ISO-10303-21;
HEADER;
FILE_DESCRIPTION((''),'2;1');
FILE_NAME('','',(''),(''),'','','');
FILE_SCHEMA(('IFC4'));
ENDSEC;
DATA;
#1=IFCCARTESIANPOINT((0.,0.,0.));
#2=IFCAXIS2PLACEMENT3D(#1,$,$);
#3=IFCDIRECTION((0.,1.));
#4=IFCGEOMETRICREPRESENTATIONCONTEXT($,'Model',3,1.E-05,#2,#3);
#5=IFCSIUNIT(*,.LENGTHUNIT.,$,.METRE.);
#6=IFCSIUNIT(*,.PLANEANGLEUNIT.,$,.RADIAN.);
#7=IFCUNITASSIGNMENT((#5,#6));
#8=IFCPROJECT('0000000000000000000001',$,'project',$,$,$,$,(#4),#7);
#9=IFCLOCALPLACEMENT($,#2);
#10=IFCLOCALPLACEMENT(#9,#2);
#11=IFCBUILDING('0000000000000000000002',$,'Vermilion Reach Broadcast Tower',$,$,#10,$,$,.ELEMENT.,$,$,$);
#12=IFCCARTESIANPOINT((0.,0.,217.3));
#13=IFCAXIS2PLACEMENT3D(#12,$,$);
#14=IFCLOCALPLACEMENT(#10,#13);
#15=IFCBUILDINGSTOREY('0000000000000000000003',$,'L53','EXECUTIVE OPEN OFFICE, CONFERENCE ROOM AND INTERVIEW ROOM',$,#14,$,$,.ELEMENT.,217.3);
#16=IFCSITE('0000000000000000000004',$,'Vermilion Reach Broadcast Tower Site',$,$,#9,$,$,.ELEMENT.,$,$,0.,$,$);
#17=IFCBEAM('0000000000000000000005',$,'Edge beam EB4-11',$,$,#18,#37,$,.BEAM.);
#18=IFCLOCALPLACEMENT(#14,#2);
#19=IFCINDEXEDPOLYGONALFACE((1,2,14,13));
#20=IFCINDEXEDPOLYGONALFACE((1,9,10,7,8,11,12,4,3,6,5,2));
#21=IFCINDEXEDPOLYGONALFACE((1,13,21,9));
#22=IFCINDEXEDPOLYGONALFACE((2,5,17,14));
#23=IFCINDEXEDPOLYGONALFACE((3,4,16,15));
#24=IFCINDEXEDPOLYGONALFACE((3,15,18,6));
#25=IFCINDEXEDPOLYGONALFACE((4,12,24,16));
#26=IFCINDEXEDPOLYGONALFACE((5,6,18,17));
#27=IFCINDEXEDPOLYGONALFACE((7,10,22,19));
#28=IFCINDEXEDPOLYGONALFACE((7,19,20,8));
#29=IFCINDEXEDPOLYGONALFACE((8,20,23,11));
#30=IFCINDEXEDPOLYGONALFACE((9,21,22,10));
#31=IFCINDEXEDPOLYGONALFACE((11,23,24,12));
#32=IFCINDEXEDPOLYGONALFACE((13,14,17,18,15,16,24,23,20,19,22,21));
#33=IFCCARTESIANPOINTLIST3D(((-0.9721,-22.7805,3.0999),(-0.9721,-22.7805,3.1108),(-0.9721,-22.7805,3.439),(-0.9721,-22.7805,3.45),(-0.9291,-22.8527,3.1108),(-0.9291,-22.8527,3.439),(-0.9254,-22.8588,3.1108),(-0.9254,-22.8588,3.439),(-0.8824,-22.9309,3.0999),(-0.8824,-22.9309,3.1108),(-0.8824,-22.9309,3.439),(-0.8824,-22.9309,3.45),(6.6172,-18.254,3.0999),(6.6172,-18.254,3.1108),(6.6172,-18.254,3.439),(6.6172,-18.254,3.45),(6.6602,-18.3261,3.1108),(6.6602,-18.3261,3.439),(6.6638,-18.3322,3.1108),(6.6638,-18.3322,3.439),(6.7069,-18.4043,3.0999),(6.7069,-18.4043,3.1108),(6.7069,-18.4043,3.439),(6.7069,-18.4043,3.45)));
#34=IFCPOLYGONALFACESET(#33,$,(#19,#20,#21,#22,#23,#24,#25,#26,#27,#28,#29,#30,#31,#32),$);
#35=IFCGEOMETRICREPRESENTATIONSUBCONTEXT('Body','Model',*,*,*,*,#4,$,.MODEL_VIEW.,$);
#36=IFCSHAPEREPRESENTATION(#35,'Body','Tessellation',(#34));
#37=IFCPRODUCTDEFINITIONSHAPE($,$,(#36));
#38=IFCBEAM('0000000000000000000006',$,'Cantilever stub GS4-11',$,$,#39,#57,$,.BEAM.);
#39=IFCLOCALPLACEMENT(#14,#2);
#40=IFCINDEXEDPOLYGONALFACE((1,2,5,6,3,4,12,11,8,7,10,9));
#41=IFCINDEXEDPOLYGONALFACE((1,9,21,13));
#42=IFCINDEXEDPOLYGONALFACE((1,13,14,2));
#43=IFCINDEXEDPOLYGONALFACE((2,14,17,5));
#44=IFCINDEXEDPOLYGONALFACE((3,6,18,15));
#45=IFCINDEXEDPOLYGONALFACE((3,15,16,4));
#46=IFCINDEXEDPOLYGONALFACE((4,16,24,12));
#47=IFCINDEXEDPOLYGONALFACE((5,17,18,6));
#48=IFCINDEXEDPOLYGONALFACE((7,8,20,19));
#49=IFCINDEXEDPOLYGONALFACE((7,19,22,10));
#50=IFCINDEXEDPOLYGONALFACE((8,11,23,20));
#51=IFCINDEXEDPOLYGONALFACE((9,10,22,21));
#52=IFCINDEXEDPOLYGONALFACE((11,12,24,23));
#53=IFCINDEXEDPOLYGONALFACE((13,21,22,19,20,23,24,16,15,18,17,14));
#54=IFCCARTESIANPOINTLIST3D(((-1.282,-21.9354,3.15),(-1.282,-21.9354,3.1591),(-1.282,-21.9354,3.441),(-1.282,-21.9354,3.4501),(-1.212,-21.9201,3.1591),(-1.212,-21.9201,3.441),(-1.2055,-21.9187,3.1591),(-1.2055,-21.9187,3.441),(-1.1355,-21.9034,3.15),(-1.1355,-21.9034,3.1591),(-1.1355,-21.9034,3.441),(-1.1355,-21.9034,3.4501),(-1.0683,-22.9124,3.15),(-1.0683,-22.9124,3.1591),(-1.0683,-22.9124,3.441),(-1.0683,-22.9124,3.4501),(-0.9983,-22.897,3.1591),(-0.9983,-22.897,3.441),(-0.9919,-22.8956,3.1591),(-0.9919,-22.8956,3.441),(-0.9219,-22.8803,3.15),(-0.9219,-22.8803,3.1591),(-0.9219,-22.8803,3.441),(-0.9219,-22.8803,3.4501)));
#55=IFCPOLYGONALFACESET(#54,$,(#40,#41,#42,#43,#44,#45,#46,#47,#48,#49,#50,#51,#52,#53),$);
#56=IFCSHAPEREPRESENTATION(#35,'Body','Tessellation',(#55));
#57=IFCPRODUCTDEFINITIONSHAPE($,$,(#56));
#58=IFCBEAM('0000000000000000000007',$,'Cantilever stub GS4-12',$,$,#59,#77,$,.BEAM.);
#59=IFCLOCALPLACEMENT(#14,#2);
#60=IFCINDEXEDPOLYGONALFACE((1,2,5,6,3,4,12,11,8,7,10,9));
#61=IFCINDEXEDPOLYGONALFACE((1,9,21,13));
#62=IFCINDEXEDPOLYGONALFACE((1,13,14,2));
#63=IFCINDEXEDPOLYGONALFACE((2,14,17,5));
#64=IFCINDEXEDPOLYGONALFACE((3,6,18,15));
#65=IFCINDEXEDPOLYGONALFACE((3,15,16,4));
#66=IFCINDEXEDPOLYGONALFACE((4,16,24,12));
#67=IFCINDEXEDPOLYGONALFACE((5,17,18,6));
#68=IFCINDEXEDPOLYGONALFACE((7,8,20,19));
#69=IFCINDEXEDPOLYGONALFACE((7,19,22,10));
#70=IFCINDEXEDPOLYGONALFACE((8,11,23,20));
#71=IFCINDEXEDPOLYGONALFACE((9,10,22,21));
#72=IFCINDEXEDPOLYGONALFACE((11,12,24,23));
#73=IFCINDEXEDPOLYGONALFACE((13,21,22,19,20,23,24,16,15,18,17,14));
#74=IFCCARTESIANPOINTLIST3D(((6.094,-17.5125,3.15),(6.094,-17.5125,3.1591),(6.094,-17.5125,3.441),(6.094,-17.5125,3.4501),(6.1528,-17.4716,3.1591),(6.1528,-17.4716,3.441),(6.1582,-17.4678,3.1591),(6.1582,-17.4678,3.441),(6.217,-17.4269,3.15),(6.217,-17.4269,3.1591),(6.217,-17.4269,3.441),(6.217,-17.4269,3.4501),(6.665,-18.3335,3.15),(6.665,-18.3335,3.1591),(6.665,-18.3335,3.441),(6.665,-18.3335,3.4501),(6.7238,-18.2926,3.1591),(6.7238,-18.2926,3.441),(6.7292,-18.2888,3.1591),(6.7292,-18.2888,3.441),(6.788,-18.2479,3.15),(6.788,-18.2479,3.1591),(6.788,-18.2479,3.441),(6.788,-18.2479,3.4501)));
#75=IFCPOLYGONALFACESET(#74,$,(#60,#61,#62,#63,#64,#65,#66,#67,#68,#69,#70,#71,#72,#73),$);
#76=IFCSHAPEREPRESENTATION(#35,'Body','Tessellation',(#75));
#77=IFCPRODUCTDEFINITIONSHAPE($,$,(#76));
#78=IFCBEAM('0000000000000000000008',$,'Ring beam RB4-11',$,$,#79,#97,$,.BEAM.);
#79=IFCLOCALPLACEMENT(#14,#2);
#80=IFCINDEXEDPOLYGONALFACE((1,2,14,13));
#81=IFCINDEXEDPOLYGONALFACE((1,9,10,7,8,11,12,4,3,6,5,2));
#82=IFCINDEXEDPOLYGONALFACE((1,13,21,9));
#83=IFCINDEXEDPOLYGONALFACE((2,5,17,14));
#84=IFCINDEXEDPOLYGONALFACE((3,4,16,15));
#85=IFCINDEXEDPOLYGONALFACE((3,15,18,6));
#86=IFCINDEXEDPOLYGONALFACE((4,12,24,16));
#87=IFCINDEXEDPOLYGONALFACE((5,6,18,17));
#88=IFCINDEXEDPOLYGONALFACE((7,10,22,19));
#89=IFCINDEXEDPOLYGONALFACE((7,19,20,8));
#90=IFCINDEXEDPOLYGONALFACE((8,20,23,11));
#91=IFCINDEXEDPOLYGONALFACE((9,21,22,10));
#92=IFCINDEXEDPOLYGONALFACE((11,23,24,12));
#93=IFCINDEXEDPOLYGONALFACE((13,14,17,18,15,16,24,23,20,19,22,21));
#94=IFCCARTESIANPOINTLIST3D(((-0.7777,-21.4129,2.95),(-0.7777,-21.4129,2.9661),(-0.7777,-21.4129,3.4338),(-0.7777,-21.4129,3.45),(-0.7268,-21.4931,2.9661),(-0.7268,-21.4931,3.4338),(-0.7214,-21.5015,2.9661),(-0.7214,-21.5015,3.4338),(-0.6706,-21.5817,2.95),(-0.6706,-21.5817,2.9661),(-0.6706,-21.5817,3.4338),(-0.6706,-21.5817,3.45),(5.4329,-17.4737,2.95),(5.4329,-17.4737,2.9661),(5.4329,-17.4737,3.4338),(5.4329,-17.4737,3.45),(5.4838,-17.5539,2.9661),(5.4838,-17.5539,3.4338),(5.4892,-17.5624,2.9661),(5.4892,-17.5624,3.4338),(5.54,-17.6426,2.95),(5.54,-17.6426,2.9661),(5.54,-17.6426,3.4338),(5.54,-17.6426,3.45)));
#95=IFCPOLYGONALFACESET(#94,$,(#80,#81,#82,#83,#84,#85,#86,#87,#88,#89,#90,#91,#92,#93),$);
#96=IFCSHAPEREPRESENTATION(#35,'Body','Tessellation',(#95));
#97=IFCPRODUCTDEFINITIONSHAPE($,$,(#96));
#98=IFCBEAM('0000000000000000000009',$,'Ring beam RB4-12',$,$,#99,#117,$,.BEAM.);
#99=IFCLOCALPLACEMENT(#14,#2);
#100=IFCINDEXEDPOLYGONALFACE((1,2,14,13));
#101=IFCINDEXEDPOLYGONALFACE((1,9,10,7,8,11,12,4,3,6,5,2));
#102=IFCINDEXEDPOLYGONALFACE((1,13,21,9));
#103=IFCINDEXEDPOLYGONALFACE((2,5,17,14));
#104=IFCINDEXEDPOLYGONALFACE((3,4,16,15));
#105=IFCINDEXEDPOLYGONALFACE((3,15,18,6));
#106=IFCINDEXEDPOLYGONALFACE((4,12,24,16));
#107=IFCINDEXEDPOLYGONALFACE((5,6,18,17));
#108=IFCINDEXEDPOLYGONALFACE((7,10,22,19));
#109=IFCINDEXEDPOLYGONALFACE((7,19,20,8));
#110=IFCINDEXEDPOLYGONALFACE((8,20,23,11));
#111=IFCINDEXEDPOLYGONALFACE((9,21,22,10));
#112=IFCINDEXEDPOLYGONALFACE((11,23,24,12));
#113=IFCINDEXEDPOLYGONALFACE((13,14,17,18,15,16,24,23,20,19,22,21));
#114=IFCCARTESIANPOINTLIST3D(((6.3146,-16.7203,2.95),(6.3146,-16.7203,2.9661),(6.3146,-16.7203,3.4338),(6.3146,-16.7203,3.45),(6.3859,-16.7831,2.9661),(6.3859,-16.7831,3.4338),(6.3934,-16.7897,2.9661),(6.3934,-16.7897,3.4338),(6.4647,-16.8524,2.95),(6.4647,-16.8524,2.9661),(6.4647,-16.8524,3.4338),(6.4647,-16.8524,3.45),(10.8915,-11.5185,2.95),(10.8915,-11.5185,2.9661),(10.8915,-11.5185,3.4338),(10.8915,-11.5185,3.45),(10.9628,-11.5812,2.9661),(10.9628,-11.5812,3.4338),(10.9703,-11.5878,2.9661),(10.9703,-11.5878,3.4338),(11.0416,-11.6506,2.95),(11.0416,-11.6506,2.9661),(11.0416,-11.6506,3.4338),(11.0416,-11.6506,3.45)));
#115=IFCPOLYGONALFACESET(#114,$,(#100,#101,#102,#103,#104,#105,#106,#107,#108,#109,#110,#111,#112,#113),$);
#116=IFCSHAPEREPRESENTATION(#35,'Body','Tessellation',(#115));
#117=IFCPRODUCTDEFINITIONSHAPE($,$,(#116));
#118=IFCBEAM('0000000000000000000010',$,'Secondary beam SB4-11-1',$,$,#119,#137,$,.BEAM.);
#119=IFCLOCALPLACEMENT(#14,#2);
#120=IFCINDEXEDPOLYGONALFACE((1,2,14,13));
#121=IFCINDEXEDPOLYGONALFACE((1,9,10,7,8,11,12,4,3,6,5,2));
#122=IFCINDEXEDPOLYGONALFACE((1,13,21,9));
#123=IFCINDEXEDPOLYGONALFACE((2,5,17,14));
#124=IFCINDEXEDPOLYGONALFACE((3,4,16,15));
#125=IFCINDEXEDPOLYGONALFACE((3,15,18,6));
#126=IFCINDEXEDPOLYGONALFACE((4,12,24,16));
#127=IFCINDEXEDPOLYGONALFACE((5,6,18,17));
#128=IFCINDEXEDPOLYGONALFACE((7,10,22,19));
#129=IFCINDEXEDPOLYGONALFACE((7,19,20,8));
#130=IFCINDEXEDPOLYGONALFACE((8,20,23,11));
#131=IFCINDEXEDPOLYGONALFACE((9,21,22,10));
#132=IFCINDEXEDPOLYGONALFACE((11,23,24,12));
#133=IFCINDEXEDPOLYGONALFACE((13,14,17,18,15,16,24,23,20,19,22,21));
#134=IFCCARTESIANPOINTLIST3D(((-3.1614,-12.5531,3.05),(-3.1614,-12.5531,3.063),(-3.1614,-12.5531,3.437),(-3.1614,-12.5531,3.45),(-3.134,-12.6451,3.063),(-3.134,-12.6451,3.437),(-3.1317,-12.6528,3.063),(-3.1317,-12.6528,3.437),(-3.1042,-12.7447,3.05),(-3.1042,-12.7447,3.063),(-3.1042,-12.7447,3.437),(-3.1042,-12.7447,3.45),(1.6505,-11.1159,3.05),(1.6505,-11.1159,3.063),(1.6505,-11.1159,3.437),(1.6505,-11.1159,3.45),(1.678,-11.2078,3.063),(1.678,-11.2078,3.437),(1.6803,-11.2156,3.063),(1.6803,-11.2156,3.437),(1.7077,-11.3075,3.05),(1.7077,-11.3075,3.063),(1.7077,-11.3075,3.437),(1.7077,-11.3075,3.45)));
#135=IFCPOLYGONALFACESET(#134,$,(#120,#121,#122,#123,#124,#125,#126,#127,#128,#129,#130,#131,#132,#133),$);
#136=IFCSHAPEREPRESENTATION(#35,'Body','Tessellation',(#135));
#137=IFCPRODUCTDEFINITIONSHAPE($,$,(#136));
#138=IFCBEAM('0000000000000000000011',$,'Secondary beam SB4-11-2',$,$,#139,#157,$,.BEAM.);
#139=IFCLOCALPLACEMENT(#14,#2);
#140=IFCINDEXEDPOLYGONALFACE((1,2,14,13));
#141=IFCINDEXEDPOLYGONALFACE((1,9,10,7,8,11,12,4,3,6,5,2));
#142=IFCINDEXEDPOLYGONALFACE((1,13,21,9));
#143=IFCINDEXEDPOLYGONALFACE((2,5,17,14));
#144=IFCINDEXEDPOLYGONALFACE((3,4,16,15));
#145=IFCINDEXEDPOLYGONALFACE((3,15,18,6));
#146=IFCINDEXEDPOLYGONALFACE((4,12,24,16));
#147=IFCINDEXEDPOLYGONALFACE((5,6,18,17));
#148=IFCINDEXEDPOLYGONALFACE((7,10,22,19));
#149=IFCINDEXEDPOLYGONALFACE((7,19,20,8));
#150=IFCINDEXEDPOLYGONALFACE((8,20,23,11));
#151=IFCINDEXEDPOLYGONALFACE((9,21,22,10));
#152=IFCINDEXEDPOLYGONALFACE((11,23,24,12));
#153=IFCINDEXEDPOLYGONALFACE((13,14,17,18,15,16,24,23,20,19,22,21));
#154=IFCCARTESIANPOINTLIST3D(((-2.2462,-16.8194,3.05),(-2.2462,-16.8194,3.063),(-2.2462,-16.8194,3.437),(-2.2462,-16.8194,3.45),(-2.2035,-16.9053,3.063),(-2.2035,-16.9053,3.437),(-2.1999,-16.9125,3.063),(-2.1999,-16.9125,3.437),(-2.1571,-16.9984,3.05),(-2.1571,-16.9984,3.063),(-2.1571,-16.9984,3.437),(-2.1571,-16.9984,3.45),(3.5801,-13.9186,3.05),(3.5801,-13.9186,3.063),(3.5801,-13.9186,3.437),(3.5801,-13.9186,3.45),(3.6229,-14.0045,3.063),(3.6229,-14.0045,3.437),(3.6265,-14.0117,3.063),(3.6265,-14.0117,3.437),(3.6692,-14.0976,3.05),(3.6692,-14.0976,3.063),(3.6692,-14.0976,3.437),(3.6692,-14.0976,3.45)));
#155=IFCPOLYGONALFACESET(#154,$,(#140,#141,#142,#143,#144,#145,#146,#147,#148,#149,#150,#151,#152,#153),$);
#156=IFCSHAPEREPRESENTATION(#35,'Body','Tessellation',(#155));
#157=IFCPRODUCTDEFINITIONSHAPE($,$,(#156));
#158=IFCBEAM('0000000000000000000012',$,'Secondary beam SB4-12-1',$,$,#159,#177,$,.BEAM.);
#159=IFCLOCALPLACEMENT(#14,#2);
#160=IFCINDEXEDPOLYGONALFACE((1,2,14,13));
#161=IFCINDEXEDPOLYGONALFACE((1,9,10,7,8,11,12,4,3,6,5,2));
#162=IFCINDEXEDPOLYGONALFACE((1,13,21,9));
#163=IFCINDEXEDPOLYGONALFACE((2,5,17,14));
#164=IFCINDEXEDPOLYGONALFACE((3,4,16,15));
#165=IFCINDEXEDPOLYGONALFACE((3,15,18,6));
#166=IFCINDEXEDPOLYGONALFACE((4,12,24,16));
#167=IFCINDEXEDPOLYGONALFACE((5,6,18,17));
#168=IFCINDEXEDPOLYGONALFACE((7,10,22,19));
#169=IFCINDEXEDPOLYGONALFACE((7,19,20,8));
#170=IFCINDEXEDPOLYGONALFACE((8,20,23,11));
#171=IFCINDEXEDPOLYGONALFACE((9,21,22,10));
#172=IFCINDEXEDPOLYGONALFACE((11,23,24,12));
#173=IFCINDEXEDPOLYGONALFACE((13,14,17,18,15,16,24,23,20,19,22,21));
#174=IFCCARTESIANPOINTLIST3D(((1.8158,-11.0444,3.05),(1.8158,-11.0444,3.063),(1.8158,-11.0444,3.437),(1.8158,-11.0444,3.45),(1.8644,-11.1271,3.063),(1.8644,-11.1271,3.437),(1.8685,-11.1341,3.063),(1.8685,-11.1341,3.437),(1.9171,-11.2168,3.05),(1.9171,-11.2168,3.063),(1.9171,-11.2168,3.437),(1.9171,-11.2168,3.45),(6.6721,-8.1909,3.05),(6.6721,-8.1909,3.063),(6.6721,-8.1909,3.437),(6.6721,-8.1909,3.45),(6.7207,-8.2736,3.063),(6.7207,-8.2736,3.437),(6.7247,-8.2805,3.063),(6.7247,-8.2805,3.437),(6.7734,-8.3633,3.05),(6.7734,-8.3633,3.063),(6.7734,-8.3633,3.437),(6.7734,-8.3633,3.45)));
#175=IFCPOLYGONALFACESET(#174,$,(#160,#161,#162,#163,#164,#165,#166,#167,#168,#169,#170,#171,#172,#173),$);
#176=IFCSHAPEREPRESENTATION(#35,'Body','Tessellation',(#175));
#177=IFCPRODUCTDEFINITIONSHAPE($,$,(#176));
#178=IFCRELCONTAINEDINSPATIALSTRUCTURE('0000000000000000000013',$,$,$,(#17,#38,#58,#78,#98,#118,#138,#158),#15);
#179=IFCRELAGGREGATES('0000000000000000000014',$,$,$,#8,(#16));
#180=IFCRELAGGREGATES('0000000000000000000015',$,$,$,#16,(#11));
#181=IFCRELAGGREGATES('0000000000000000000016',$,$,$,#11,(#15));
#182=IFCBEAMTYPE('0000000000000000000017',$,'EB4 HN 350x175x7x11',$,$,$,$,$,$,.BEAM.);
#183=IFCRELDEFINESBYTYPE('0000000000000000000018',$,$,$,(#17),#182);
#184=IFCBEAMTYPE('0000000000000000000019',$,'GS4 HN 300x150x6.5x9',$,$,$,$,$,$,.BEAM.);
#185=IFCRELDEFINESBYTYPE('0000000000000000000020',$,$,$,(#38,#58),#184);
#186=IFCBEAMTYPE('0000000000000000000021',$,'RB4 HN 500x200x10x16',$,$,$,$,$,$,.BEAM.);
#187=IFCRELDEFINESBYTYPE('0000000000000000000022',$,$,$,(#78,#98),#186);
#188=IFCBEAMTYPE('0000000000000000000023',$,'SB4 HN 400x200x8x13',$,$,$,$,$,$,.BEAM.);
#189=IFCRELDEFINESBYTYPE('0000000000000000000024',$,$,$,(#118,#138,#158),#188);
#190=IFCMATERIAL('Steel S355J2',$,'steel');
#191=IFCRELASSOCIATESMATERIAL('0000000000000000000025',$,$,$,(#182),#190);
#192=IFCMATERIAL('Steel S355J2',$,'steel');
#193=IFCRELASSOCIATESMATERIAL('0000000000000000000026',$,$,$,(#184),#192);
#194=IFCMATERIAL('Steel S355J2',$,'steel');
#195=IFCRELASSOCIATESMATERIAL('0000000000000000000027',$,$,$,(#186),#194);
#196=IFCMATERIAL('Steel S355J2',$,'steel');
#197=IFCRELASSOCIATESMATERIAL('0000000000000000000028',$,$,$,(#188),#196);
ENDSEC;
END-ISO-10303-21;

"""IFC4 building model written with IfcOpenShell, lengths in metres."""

from ifc_helpers import new_model, si_unit, direction, frame, origin, origin_2d, place, context, subcontext, project, spatial, i_section, extrude, material, material_profile, profile_set, type_object, element, save


model = new_model("IFC4")

# Units and contexts
model_context = context("Model", 3, precision=1e-05, world=origin(), true_north=direction((0.0, 1.0)))
body_context = subcontext(model_context, "Body", "Model", "MODEL_VIEW")
ifc_project = project(units=[si_unit("LENGTHUNIT", "METRE"), si_unit("PLANEANGLEUNIT", "RADIAN")], contexts=[model_context])

# Site, building, storey
site_placement = place(None, origin())
site = spatial("IfcSite", under=ifc_project, at=site_placement, Name="Vermilion Reach Broadcast Tower Site", CompositionType="ELEMENT", RefElevation=0.0)
building_placement = place(site_placement, origin())
building = spatial("IfcBuilding", under=site, at=building_placement, Name="Vermilion Reach Broadcast Tower", CompositionType="ELEMENT")
storey_placement = place(building_placement, frame((0.0, 0.0, 217.3)))
storey = spatial("IfcBuildingStorey", under=building, at=storey_placement, Name="L53", Description="EXECUTIVE OPEN OFFICE, CONFERENCE ROOM AND INTERVIEW ROOM", CompositionType="ELEMENT", Elevation=217.3)

# Beams
ifc_material_1 = material(Name="Steel S355J2", Category="steel")
ifc_material_profile_1 = material_profile(ifc_material_1, i_section(OverallWidth=0.175, OverallDepth=0.3501, WebThickness=0.0071, FlangeThickness=0.011, at=origin_2d()), Name="S355J2 HN 350x175x7x11")
ifc_profile_set_1 = profile_set([ifc_material_profile_1], Name="Steel S355J2")
beam_type_1 = type_object("IfcBeamType", Name="EB4 HN 350x175x7x11", PredefinedType="BEAM", material=ifc_profile_set_1)
beam_1_placement = place(storey_placement, frame((-0.9272, -22.8557, 3.2749), z_axis=(0.858838, 0.512247, 0.0), x_axis=(-0.512247, 0.858838, 0.0)))
element("IfcBeam", 1, at=beam_1_placement, inside=storey, type_object=beam_type_1, Name="Edge beam EB4-11", PredefinedType="BEAM", context=body_context, shape_type="SweptSolid", body=[
    extrude(i_section(OverallWidth=0.175, OverallDepth=0.3501, WebThickness=0.0071, FlangeThickness=0.011, at=origin_2d()), origin(), (0.0, 0.0, 1.0), 8.8367),
])
ifc_material_2 = material(Name="Steel S355J2", Category="steel")
ifc_material_profile_2 = material_profile(ifc_material_2, i_section(OverallWidth=0.1499, OverallDepth=0.3, WebThickness=0.0066, FlangeThickness=0.009, at=origin_2d()), Name="S355J2 HN 300x150x6.5x9")
ifc_profile_set_2 = profile_set([ifc_material_profile_2], Name="Steel S355J2")
beam_type_2 = type_object("IfcBeamType", Name="GS4 HN 300x150x6.5x9", PredefinedType="BEAM", material=ifc_profile_set_2)
for number, where, z_axis, x_axis, name in (
    (2, (-1.2087, -21.9194, 3.3), (0.213646, -0.976911, 0.0), (0.976911, 0.213646, 0.0), "Cantilever stub GS4-11"),
    (3, (6.1555, -17.4697, 3.3), (0.570986, -0.82096, 0.0), (0.82096, 0.570986, 0.0), "Cantilever stub GS4-12"),
):
    element("IfcBeam", number, at=place(storey_placement, frame(where, z_axis=z_axis, x_axis=x_axis)), inside=storey, type_object=beam_type_2, Name=name, PredefinedType="BEAM", context=body_context, shape_type="SweptSolid", body=[
        extrude(i_section(OverallWidth=0.1499, OverallDepth=0.3, WebThickness=0.0066, FlangeThickness=0.009, at=origin_2d()), origin(), (0.0, 0.0, 1.0), 1.0),
    ])
ifc_material_3 = material(Name="Steel S355J2", Category="steel")
ifc_material_profile_3 = material_profile(ifc_material_3, i_section(OverallWidth=0.2, OverallDepth=0.5, WebThickness=0.01, FlangeThickness=0.0161, at=origin_2d()), Name="S355J2 HN 500x200x10x16")
ifc_profile_set_3 = profile_set([ifc_material_profile_3], Name="Steel S355J2")
beam_type_3 = type_object("IfcBeamType", Name="RB4 HN 500x200x10x16", PredefinedType="BEAM", material=ifc_profile_set_3)
beam_2_placement = place(storey_placement, frame((-0.7241, -21.4973, 3.2), z_axis=(0.844464, 0.535612, 0.0), x_axis=(-0.535612, 0.844464, 0.0)))
element("IfcBeam", 4, at=beam_2_placement, inside=storey, type_object=beam_type_3, Name="Ring beam RB4-11", PredefinedType="BEAM", context=body_context, shape_type="SweptSolid", body=[
    extrude(i_section(OverallWidth=0.2, OverallDepth=0.5, WebThickness=0.01, FlangeThickness=0.0161, at=origin_2d()), origin(), (0.0, 0.0, 1.0), 7.3545),
])
beam_3_placement = place(storey_placement, frame((6.3896, -16.7864, 3.2), z_axis=(0.660565, 0.750769, 0.0), x_axis=(-0.750769, 0.660565, 0.0)))
element("IfcBeam", 5, at=beam_3_placement, inside=storey, type_object=beam_type_3, Name="Ring beam RB4-12", PredefinedType="BEAM", context=body_context, shape_type="SweptSolid", body=[
    extrude(i_section(OverallWidth=0.2, OverallDepth=0.5, WebThickness=0.01, FlangeThickness=0.0161, at=origin_2d()), origin(), (0.0, 0.0, 1.0), 6.9287),
])
ifc_material_4 = material(Name="Steel S355J2", Category="steel")
ifc_material_profile_4 = material_profile(ifc_material_4, i_section(OverallWidth=0.2, OverallDepth=0.3999, WebThickness=0.0081, FlangeThickness=0.0129, at=origin_2d()), Name="S355J2 HN 400x200x8x13")
ifc_profile_set_4 = profile_set([ifc_material_profile_4], Name="Steel S355J2")
beam_type_4 = type_object("IfcBeamType", Name="SB4 HN 400x200x8x13", PredefinedType="BEAM", material=ifc_profile_set_4)
beam_4_placement = place(storey_placement, frame((-3.1328, -12.6489, 3.25), z_axis=(0.958173, 0.286188, 0.0), x_axis=(-0.286188, 0.958173, 0.0)))
element("IfcBeam", 6, at=beam_4_placement, inside=storey, type_object=beam_type_4, Name="Secondary beam SB4-11-1", PredefinedType="BEAM", context=body_context, shape_type="SweptSolid", body=[
    extrude(i_section(OverallWidth=0.2, OverallDepth=0.3999, WebThickness=0.0081, FlangeThickness=0.0129, at=origin_2d()), origin(), (0.0, 0.0, 1.0), 5.022),
])
beam_5_placement = place(storey_placement, frame((-2.2017, -16.9089, 3.25), z_axis=(0.895184, 0.445698, 0.0), x_axis=(-0.445698, 0.895184, 0.0)))
element("IfcBeam", 7, at=beam_5_placement, inside=storey, type_object=beam_type_4, Name="Secondary beam SB4-11-2", PredefinedType="BEAM", context=body_context, shape_type="SweptSolid", body=[
    extrude(i_section(OverallWidth=0.2, OverallDepth=0.3999, WebThickness=0.0081, FlangeThickness=0.0129, at=origin_2d()), origin(), (0.0, 0.0, 1.0), 6.5085),
])
beam_6_placement = place(storey_placement, frame((1.8665, -11.1306, 3.25), z_axis=(0.862173, 0.506615, 0.0), x_axis=(-0.506615, 0.862173, 0.0)))
element("IfcBeam", 8, at=beam_6_placement, inside=storey, type_object=beam_type_4, Name="Secondary beam SB4-12-1", PredefinedType="BEAM", context=body_context, shape_type="SweptSolid", body=[
    extrude(i_section(OverallWidth=0.2, OverallDepth=0.3999, WebThickness=0.0081, FlangeThickness=0.0129, at=origin_2d()), origin(), (0.0, 0.0, 1.0), 5.6326),
])

save(model, "model.ifc")
